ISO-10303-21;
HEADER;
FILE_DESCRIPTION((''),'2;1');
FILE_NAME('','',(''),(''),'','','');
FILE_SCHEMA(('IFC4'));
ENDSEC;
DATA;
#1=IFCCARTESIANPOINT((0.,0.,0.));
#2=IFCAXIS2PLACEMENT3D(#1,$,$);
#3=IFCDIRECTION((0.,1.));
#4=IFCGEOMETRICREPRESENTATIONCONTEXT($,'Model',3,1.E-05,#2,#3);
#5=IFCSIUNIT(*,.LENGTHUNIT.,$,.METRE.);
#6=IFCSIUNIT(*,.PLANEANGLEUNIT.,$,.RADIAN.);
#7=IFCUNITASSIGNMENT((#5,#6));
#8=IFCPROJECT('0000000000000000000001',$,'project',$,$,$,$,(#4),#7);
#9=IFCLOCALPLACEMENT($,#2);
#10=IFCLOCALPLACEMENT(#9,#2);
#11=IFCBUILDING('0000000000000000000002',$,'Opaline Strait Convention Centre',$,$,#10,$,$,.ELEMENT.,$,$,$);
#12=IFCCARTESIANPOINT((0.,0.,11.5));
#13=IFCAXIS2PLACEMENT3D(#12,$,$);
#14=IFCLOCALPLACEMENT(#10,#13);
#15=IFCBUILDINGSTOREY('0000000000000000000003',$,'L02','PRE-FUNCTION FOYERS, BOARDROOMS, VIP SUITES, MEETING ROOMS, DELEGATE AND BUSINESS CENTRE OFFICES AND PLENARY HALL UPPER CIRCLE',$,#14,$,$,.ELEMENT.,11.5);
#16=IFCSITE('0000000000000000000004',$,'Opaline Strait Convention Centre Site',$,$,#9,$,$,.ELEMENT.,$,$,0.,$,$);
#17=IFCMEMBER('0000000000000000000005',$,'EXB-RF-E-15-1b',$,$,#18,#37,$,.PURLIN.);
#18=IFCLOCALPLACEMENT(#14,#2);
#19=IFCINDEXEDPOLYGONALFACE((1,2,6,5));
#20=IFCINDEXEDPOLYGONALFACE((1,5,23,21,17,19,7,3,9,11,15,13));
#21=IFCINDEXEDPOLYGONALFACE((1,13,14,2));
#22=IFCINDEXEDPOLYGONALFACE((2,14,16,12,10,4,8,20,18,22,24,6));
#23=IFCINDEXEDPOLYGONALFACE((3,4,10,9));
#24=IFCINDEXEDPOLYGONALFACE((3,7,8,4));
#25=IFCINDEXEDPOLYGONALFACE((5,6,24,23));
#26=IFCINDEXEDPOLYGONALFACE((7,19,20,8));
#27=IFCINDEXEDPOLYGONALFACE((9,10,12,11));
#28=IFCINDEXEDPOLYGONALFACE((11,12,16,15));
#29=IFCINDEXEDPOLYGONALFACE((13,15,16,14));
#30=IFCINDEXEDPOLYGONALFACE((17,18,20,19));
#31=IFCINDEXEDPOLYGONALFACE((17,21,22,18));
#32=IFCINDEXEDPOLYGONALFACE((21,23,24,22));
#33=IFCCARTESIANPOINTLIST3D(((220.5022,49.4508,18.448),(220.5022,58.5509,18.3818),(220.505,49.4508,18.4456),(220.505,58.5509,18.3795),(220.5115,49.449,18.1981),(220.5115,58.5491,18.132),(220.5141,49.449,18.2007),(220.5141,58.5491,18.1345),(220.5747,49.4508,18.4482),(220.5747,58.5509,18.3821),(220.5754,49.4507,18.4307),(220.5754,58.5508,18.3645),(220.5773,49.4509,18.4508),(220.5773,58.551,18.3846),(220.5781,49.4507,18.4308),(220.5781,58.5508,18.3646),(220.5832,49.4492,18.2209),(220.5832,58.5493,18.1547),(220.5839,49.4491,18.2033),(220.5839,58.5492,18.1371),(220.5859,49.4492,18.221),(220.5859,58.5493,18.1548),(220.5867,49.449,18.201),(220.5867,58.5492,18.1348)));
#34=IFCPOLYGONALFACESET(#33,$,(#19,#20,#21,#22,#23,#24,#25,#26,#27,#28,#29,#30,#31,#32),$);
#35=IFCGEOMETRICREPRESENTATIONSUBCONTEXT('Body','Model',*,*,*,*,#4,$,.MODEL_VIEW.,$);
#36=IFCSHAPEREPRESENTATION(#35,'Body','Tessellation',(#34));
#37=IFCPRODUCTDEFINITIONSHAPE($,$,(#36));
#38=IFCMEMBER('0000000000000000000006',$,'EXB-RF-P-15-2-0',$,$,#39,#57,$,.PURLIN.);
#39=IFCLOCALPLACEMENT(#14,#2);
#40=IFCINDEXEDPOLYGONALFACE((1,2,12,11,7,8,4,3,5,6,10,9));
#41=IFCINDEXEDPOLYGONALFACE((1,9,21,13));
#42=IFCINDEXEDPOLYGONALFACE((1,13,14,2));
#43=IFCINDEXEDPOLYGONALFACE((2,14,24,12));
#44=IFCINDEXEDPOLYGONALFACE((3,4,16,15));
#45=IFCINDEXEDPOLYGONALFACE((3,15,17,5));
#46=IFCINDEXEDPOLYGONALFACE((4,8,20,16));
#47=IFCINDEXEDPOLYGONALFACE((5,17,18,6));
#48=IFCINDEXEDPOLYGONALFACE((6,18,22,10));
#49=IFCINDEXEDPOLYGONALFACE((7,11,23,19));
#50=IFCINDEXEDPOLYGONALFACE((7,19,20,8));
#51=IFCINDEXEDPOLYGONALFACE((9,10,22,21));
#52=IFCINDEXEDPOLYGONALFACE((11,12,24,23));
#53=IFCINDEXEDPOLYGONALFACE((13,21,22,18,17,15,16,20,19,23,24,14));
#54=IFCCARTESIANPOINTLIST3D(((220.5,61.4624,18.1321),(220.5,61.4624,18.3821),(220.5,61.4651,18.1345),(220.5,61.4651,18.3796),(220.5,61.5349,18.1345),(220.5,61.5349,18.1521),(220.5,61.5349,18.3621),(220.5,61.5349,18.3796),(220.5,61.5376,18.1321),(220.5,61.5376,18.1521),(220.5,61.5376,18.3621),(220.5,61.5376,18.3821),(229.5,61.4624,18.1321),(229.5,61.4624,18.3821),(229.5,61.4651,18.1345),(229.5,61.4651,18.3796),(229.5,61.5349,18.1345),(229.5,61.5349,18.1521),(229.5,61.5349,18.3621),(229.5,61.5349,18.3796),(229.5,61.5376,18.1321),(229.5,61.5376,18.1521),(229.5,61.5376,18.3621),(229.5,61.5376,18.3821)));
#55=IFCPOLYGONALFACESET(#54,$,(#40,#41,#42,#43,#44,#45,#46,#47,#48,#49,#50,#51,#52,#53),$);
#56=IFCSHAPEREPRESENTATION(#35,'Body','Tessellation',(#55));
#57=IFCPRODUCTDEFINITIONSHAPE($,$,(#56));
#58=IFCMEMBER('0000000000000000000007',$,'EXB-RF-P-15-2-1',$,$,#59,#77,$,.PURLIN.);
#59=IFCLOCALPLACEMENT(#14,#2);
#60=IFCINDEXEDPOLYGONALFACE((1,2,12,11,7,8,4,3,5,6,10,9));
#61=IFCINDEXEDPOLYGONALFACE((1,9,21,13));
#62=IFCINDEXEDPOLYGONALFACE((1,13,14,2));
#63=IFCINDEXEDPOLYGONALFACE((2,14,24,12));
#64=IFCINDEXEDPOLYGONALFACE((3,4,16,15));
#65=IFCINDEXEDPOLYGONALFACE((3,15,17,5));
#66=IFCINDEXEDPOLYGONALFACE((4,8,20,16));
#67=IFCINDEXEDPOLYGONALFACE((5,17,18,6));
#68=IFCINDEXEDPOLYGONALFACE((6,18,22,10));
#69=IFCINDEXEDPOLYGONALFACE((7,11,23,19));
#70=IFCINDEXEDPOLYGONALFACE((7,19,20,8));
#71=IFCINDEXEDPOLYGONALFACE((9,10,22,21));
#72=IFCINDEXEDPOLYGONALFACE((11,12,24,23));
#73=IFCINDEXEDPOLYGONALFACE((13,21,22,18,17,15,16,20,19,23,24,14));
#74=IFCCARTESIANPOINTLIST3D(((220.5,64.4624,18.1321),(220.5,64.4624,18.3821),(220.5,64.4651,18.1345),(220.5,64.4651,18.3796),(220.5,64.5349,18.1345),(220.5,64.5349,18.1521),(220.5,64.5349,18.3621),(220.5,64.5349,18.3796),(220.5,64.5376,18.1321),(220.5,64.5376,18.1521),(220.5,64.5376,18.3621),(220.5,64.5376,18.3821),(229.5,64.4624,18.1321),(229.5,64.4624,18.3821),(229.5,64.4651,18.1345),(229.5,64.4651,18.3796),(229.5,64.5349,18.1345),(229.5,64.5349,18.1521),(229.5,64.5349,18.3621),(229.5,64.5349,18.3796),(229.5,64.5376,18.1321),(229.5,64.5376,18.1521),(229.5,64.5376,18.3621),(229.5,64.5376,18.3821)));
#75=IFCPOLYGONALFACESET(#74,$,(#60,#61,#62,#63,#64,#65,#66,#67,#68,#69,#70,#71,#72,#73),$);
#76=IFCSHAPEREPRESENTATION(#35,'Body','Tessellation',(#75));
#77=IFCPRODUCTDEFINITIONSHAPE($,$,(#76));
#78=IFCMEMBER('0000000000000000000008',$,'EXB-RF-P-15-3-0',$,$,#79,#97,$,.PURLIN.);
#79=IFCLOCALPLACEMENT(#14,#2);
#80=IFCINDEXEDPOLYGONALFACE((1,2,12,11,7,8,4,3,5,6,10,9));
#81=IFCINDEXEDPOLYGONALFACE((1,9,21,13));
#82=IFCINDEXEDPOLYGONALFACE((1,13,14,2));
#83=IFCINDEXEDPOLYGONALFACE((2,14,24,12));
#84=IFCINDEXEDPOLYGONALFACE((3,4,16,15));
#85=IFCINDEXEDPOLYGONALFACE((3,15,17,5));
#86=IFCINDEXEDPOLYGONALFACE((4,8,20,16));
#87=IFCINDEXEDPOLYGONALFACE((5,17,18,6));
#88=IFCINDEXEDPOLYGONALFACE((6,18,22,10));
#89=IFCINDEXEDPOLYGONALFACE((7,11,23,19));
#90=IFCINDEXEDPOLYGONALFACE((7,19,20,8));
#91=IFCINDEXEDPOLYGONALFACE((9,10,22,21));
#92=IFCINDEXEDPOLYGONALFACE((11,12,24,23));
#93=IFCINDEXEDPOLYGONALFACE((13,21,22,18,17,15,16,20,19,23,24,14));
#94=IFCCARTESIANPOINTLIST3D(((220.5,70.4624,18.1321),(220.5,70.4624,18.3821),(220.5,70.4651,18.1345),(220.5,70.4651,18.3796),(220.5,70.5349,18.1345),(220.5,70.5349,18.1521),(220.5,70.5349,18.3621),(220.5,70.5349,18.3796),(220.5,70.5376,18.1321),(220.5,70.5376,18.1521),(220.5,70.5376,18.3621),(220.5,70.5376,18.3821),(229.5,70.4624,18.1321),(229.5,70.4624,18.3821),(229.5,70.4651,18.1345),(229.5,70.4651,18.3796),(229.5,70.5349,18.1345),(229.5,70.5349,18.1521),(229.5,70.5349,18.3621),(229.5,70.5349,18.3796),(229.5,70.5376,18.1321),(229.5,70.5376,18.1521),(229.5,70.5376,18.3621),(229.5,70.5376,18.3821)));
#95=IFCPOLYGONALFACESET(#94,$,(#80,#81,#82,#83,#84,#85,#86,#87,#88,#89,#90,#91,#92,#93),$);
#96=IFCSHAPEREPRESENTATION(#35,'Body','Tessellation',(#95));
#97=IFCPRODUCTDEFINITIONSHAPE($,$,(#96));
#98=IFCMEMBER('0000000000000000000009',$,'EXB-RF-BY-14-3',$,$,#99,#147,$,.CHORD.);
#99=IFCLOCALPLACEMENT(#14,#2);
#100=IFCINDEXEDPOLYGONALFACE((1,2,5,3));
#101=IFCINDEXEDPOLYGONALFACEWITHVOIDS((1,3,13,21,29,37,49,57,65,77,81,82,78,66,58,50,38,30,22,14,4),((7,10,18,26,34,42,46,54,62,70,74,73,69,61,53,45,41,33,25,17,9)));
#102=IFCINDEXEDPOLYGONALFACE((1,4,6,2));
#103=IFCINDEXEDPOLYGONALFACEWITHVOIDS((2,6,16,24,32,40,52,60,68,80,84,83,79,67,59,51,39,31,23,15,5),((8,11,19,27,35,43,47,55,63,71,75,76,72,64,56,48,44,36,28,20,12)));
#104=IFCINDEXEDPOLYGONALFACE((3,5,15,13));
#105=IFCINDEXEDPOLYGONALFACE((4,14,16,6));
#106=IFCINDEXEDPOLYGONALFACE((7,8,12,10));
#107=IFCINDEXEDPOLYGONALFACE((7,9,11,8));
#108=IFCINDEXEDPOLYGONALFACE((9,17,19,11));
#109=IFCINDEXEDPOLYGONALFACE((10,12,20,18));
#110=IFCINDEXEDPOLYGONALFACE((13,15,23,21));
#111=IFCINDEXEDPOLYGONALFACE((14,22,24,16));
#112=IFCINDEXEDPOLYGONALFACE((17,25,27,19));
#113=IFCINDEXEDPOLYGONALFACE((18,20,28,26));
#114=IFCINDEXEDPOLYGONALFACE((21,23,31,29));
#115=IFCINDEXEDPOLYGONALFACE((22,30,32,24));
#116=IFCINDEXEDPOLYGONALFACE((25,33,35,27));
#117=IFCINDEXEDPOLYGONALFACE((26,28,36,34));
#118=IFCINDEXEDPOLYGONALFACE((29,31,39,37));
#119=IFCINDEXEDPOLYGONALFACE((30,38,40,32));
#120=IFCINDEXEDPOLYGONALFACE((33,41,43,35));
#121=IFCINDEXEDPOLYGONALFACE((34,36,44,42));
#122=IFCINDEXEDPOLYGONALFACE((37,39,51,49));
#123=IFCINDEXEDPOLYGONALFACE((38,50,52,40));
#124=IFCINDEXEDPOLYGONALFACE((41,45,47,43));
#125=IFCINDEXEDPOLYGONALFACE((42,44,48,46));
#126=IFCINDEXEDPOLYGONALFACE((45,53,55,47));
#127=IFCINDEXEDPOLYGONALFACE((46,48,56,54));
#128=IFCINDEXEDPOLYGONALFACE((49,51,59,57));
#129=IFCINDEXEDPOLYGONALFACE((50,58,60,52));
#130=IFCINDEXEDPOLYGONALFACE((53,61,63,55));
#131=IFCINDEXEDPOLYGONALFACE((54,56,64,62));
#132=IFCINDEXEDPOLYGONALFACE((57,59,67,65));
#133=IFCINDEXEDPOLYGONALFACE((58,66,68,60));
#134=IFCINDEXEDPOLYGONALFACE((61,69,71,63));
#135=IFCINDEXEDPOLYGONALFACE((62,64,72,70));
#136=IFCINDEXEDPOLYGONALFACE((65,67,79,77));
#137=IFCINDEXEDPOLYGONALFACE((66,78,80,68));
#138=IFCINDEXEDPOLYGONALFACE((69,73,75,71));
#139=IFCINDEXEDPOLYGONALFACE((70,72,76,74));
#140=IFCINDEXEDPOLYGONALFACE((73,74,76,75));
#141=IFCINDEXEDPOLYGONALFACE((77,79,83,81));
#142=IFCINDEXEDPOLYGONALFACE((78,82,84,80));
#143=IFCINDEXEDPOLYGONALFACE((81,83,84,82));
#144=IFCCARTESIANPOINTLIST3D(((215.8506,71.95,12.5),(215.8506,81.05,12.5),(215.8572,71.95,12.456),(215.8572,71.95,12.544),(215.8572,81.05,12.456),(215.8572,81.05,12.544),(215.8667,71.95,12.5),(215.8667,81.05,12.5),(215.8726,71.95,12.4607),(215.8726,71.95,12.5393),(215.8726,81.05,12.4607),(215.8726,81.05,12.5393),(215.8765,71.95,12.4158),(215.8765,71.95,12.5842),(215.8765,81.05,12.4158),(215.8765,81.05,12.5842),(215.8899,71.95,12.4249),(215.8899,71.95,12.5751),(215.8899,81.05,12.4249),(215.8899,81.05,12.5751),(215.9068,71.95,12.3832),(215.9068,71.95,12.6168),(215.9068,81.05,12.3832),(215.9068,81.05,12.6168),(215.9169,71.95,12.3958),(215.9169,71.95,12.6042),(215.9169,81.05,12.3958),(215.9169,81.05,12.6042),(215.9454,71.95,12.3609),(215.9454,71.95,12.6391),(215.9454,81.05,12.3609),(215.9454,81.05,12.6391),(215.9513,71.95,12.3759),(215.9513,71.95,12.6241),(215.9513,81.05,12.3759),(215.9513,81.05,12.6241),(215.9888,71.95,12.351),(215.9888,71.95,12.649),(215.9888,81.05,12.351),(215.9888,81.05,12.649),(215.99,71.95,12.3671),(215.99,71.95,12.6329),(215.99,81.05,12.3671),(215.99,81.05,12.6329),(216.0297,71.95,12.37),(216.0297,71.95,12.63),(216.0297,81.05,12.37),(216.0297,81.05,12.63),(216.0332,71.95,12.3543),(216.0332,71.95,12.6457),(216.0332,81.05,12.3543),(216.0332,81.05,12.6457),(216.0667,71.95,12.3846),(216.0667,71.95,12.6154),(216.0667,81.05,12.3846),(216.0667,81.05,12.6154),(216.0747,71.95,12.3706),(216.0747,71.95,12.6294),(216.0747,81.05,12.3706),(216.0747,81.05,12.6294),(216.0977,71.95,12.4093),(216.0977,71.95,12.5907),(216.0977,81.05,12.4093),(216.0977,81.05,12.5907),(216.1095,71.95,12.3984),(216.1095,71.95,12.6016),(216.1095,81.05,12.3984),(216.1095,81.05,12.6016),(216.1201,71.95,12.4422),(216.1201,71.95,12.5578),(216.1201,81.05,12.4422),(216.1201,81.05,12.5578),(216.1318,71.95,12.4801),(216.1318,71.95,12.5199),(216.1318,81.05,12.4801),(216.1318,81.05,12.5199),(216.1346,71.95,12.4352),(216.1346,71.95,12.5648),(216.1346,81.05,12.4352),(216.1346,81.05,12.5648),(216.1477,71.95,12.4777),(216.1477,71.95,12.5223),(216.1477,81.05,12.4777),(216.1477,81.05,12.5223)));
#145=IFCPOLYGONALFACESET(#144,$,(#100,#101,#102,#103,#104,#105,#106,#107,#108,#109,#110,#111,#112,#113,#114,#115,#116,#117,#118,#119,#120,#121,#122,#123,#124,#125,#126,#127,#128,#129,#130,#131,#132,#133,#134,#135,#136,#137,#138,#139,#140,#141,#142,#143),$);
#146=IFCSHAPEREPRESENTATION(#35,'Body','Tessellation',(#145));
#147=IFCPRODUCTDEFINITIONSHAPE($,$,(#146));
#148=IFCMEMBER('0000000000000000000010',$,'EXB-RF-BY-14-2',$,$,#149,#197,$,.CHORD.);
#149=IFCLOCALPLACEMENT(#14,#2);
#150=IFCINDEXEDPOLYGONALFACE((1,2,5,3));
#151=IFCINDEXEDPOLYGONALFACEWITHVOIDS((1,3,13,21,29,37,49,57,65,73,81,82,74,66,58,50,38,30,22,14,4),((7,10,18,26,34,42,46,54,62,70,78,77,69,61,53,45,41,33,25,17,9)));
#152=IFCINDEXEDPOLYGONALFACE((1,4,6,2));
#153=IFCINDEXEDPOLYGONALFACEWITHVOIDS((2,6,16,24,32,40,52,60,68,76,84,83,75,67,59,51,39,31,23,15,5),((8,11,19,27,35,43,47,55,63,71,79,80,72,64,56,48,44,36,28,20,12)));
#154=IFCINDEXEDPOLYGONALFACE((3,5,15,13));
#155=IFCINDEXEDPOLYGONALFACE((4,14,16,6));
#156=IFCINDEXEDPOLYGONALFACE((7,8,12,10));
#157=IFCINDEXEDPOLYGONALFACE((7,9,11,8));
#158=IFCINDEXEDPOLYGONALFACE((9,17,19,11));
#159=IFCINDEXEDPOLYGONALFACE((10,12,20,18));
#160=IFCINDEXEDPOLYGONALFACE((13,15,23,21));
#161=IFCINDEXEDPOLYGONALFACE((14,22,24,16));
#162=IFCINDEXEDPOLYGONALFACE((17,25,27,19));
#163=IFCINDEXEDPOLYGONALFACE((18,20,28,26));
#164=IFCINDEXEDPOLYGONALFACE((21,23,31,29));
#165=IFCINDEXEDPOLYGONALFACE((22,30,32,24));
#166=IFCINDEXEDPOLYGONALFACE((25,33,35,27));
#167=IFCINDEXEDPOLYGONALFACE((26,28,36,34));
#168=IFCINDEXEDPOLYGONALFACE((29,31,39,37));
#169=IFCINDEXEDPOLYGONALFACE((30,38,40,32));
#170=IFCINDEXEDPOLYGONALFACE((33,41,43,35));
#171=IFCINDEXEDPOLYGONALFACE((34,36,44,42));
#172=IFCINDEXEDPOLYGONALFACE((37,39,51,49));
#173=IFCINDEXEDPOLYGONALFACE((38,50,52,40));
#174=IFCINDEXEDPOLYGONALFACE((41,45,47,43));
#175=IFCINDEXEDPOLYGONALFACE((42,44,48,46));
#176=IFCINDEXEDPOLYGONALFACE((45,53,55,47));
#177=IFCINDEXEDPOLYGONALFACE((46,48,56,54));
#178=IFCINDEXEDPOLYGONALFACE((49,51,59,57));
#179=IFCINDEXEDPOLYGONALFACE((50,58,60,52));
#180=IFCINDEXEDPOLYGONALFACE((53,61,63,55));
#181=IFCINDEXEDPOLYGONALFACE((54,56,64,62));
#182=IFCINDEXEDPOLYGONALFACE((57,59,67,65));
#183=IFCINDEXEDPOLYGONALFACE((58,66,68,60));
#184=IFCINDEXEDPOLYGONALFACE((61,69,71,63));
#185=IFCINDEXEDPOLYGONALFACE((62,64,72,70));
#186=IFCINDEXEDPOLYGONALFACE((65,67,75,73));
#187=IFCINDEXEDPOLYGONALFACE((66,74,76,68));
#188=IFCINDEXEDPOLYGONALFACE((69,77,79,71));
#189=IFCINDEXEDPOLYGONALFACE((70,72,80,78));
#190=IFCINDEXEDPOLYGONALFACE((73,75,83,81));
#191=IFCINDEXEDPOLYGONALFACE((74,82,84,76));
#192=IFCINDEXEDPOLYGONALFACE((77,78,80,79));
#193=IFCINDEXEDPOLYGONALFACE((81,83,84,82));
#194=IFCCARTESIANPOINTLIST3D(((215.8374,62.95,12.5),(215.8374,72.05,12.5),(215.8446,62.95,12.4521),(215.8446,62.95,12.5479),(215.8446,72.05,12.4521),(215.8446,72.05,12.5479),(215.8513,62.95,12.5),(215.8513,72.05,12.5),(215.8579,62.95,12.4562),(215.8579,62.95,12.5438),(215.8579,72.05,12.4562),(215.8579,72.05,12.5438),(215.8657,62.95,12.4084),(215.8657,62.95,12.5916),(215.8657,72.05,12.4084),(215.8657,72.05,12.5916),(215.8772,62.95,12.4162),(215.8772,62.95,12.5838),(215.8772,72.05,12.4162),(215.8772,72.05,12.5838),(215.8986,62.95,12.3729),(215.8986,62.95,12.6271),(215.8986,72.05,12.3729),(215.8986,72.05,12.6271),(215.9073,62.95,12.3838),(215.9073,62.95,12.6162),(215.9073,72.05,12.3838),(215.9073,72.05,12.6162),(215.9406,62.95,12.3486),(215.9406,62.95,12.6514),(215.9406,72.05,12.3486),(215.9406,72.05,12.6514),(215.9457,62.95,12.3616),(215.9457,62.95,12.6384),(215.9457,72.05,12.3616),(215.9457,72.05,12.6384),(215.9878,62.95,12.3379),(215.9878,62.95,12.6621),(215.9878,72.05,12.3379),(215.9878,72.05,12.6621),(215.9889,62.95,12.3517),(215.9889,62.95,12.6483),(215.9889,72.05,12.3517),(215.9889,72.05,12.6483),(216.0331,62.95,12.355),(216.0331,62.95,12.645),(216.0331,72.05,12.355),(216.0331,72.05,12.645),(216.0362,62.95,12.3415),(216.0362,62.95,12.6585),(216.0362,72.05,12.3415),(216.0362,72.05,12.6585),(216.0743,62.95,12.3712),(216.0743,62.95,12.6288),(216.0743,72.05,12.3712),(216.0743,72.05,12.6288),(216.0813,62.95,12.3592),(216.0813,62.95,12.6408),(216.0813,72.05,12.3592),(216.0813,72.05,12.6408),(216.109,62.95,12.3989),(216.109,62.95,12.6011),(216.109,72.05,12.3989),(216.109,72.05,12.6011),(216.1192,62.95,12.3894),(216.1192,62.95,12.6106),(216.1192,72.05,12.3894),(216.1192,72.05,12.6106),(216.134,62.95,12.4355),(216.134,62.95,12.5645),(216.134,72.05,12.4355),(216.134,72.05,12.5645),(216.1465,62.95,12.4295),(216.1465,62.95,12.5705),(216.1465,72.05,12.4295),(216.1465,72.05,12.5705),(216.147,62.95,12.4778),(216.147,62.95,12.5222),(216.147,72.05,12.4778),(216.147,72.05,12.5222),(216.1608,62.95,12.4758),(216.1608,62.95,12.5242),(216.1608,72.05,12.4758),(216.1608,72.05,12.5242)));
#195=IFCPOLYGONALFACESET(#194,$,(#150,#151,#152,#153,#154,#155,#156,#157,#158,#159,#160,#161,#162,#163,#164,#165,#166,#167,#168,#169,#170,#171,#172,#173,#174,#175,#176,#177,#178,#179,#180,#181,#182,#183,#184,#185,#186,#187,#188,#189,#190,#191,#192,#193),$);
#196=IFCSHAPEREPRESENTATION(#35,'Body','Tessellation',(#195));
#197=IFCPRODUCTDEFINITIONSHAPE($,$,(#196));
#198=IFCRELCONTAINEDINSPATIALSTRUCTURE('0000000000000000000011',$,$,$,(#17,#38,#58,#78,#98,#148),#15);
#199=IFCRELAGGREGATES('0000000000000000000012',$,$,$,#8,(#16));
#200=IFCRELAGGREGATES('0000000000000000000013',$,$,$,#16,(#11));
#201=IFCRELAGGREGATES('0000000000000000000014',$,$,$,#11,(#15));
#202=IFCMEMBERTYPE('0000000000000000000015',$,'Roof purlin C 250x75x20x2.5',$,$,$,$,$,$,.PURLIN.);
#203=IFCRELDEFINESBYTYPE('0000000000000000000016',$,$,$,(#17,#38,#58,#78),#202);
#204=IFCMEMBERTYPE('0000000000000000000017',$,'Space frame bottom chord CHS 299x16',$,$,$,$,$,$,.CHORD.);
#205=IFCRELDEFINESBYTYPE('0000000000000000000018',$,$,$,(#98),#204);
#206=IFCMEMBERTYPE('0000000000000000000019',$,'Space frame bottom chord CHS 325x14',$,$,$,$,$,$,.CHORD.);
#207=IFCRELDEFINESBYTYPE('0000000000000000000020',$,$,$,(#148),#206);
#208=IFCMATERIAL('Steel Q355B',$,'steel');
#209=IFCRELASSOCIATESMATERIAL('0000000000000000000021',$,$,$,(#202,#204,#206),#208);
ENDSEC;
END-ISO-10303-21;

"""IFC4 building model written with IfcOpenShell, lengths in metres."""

from ifc_helpers import new_model, si_unit, direction, frame, origin, origin_2d, place, context, subcontext, project, spatial, polyline, hollow_circle, outline, extrude, material, material_profile, profile_set, type_object, element, save


model = new_model("IFC4")

# Units and contexts
model_context = context("Model", 3, precision=1e-05, world=origin(), true_north=direction((0.0, 1.0)))
body_context = subcontext(model_context, "Body", "Model", "MODEL_VIEW")
ifc_project = project(units=[si_unit("LENGTHUNIT", "METRE"), si_unit("PLANEANGLEUNIT", "RADIAN")], contexts=[model_context])

# Site, building, storey
site_placement = place(None, origin())
site = spatial("IfcSite", under=ifc_project, at=site_placement, Name="Opaline Strait Convention Centre Site", CompositionType="ELEMENT", RefElevation=0.0)
building_placement = place(site_placement, origin())
building = spatial("IfcBuilding", under=site, at=building_placement, Name="Opaline Strait Convention Centre", CompositionType="ELEMENT")
storey_placement = place(building_placement, frame((0.0, 0.0, 11.5)))
storey = spatial("IfcBuildingStorey", under=building, at=storey_placement, Name="L02", Description="PRE-FUNCTION FOYERS, BOARDROOMS, VIP SUITES, MEETING ROOMS, DELEGATE AND BUSINESS CENTRE OFFICES AND PLENARY HALL UPPER CIRCLE", CompositionType="ELEMENT", Elevation=11.5)

# Members
ifc_material = material(Name="Steel Q355B", Category="steel")
ifc_material_profile_1 = material_profile(ifc_material, outline(polyline([(-0.0376, -0.125), (0.0376, -0.125), (0.0376, -0.105), (0.0349, -0.105), (0.0349, -0.1226), (-0.0349, -0.1226), (-0.0349, 0.1226), (0.0349, 0.1226), (0.0349, 0.105), (0.0376, 0.105), (0.0376, 0.125), (-0.0376, 0.125), (-0.0376, -0.125)])), Name="C 250x75x20x2.5")
ifc_profile_set_1 = profile_set([ifc_material_profile_1], Name="Steel Q355B")
member_type_1 = type_object("IfcMemberType", Name="Roof purlin C 250x75x20x2.5", PredefinedType="PURLIN", material=ifc_profile_set_1)
member_1_placement = place(storey_placement, frame((220.5444, 58.55, 18.2583), z_axis=(0.0, -0.999974, 0.00727), x_axis=(0.999302, 0.000272, 0.037349)))
element("IfcMember", 1, at=member_1_placement, inside=storey, type_object=member_type_1, Name="EXB-RF-E-15-1b", PredefinedType="PURLIN", context=body_context, shape_type="SweptSolid", body=[
    extrude(outline(polyline([(-0.0376, -0.125), (0.0376, -0.125), (0.0376, -0.105), (0.0349, -0.105), (0.0349, -0.1226), (-0.0349, -0.1226), (-0.0349, 0.1226), (0.0349, 0.1226), (0.0349, 0.105), (0.0376, 0.105), (0.0376, 0.125), (-0.0376, 0.125), (-0.0376, -0.125)])), origin(), (0.0, 0.0, 1.0), 9.1003),
])
for number, where, z_axis, x_axis, name in (
    (2, (220.5, 61.5, 18.2571), (1.0, 0.0, 0.0), (0.0, 1.0, 0.0), "EXB-RF-P-15-2-0"),
    (3, (220.5, 64.5, 18.2571), (1.0, 0.0, 0.0), (0.0, 1.0, 0.0), "EXB-RF-P-15-2-1"),
    (4, (220.5, 70.5, 18.2571), (1.0, 0.0, 0.0), (0.0, 1.0, 0.0), "EXB-RF-P-15-3-0"),
):
    element("IfcMember", number, at=place(storey_placement, frame(where, z_axis=z_axis, x_axis=x_axis)), inside=storey, type_object=member_type_1, Name=name, PredefinedType="PURLIN", context=body_context, shape_type="SweptSolid", body=[
        extrude(outline(polyline([(-0.0376, -0.125), (0.0376, -0.125), (0.0376, -0.105), (0.0349, -0.105), (0.0349, -0.1226), (-0.0349, -0.1226), (-0.0349, 0.1226), (0.0349, 0.1226), (0.0349, 0.105), (0.0376, 0.105), (0.0376, 0.125), (-0.0376, 0.125), (-0.0376, -0.125)])), origin(), (0.0, 0.0, 1.0), 9.0),
    ])
ifc_material_profile_2 = material_profile(ifc_material, hollow_circle(Radius=0.1494, WallThickness=0.0161, at=origin_2d()), Name="CHS 299x16")
ifc_profile_set_2 = profile_set([ifc_material_profile_2], Name="Steel Q355B")
member_type_2 = type_object("IfcMemberType", Name="Space frame bottom chord CHS 299x16", PredefinedType="CHORD", material=ifc_profile_set_2)
member_2_placement = place(storey_placement, frame((216.0, 71.95, 12.5), z_axis=(0.0, 1.0, 0.0), x_axis=(-1.0, 0.0, 0.0)))
element("IfcMember", 5, at=member_2_placement, inside=storey, type_object=member_type_2, Name="EXB-RF-BY-14-3", PredefinedType="CHORD", context=body_context, shape_type="SweptSolid", body=[
    extrude(hollow_circle(Radius=0.1494, WallThickness=0.0161, at=origin_2d()), origin(), (0.0, 0.0, 1.0), 9.1001),
])
ifc_material_profile_3 = material_profile(ifc_material, hollow_circle(Radius=0.1626, WallThickness=0.0139, at=origin_2d()), Name="CHS 325x14")
ifc_profile_set_3 = profile_set([ifc_material_profile_3], Name="Steel Q355B")
member_type_3 = type_object("IfcMemberType", Name="Space frame bottom chord CHS 325x14", PredefinedType="CHORD", material=ifc_profile_set_3)
member_3_placement = place(storey_placement, frame((216.0, 62.95, 12.5), z_axis=(0.0, 1.0, 0.0), x_axis=(-1.0, 0.0, 0.0)))
element("IfcMember", 6, at=member_3_placement, inside=storey, type_object=member_type_3, Name="EXB-RF-BY-14-2", PredefinedType="CHORD", context=body_context, shape_type="SweptSolid", body=[
    extrude(hollow_circle(Radius=0.1626, WallThickness=0.0139, at=origin_2d()), origin(), (0.0, 0.0, 1.0), 9.1001),
])

save(model, "model.ifc")
